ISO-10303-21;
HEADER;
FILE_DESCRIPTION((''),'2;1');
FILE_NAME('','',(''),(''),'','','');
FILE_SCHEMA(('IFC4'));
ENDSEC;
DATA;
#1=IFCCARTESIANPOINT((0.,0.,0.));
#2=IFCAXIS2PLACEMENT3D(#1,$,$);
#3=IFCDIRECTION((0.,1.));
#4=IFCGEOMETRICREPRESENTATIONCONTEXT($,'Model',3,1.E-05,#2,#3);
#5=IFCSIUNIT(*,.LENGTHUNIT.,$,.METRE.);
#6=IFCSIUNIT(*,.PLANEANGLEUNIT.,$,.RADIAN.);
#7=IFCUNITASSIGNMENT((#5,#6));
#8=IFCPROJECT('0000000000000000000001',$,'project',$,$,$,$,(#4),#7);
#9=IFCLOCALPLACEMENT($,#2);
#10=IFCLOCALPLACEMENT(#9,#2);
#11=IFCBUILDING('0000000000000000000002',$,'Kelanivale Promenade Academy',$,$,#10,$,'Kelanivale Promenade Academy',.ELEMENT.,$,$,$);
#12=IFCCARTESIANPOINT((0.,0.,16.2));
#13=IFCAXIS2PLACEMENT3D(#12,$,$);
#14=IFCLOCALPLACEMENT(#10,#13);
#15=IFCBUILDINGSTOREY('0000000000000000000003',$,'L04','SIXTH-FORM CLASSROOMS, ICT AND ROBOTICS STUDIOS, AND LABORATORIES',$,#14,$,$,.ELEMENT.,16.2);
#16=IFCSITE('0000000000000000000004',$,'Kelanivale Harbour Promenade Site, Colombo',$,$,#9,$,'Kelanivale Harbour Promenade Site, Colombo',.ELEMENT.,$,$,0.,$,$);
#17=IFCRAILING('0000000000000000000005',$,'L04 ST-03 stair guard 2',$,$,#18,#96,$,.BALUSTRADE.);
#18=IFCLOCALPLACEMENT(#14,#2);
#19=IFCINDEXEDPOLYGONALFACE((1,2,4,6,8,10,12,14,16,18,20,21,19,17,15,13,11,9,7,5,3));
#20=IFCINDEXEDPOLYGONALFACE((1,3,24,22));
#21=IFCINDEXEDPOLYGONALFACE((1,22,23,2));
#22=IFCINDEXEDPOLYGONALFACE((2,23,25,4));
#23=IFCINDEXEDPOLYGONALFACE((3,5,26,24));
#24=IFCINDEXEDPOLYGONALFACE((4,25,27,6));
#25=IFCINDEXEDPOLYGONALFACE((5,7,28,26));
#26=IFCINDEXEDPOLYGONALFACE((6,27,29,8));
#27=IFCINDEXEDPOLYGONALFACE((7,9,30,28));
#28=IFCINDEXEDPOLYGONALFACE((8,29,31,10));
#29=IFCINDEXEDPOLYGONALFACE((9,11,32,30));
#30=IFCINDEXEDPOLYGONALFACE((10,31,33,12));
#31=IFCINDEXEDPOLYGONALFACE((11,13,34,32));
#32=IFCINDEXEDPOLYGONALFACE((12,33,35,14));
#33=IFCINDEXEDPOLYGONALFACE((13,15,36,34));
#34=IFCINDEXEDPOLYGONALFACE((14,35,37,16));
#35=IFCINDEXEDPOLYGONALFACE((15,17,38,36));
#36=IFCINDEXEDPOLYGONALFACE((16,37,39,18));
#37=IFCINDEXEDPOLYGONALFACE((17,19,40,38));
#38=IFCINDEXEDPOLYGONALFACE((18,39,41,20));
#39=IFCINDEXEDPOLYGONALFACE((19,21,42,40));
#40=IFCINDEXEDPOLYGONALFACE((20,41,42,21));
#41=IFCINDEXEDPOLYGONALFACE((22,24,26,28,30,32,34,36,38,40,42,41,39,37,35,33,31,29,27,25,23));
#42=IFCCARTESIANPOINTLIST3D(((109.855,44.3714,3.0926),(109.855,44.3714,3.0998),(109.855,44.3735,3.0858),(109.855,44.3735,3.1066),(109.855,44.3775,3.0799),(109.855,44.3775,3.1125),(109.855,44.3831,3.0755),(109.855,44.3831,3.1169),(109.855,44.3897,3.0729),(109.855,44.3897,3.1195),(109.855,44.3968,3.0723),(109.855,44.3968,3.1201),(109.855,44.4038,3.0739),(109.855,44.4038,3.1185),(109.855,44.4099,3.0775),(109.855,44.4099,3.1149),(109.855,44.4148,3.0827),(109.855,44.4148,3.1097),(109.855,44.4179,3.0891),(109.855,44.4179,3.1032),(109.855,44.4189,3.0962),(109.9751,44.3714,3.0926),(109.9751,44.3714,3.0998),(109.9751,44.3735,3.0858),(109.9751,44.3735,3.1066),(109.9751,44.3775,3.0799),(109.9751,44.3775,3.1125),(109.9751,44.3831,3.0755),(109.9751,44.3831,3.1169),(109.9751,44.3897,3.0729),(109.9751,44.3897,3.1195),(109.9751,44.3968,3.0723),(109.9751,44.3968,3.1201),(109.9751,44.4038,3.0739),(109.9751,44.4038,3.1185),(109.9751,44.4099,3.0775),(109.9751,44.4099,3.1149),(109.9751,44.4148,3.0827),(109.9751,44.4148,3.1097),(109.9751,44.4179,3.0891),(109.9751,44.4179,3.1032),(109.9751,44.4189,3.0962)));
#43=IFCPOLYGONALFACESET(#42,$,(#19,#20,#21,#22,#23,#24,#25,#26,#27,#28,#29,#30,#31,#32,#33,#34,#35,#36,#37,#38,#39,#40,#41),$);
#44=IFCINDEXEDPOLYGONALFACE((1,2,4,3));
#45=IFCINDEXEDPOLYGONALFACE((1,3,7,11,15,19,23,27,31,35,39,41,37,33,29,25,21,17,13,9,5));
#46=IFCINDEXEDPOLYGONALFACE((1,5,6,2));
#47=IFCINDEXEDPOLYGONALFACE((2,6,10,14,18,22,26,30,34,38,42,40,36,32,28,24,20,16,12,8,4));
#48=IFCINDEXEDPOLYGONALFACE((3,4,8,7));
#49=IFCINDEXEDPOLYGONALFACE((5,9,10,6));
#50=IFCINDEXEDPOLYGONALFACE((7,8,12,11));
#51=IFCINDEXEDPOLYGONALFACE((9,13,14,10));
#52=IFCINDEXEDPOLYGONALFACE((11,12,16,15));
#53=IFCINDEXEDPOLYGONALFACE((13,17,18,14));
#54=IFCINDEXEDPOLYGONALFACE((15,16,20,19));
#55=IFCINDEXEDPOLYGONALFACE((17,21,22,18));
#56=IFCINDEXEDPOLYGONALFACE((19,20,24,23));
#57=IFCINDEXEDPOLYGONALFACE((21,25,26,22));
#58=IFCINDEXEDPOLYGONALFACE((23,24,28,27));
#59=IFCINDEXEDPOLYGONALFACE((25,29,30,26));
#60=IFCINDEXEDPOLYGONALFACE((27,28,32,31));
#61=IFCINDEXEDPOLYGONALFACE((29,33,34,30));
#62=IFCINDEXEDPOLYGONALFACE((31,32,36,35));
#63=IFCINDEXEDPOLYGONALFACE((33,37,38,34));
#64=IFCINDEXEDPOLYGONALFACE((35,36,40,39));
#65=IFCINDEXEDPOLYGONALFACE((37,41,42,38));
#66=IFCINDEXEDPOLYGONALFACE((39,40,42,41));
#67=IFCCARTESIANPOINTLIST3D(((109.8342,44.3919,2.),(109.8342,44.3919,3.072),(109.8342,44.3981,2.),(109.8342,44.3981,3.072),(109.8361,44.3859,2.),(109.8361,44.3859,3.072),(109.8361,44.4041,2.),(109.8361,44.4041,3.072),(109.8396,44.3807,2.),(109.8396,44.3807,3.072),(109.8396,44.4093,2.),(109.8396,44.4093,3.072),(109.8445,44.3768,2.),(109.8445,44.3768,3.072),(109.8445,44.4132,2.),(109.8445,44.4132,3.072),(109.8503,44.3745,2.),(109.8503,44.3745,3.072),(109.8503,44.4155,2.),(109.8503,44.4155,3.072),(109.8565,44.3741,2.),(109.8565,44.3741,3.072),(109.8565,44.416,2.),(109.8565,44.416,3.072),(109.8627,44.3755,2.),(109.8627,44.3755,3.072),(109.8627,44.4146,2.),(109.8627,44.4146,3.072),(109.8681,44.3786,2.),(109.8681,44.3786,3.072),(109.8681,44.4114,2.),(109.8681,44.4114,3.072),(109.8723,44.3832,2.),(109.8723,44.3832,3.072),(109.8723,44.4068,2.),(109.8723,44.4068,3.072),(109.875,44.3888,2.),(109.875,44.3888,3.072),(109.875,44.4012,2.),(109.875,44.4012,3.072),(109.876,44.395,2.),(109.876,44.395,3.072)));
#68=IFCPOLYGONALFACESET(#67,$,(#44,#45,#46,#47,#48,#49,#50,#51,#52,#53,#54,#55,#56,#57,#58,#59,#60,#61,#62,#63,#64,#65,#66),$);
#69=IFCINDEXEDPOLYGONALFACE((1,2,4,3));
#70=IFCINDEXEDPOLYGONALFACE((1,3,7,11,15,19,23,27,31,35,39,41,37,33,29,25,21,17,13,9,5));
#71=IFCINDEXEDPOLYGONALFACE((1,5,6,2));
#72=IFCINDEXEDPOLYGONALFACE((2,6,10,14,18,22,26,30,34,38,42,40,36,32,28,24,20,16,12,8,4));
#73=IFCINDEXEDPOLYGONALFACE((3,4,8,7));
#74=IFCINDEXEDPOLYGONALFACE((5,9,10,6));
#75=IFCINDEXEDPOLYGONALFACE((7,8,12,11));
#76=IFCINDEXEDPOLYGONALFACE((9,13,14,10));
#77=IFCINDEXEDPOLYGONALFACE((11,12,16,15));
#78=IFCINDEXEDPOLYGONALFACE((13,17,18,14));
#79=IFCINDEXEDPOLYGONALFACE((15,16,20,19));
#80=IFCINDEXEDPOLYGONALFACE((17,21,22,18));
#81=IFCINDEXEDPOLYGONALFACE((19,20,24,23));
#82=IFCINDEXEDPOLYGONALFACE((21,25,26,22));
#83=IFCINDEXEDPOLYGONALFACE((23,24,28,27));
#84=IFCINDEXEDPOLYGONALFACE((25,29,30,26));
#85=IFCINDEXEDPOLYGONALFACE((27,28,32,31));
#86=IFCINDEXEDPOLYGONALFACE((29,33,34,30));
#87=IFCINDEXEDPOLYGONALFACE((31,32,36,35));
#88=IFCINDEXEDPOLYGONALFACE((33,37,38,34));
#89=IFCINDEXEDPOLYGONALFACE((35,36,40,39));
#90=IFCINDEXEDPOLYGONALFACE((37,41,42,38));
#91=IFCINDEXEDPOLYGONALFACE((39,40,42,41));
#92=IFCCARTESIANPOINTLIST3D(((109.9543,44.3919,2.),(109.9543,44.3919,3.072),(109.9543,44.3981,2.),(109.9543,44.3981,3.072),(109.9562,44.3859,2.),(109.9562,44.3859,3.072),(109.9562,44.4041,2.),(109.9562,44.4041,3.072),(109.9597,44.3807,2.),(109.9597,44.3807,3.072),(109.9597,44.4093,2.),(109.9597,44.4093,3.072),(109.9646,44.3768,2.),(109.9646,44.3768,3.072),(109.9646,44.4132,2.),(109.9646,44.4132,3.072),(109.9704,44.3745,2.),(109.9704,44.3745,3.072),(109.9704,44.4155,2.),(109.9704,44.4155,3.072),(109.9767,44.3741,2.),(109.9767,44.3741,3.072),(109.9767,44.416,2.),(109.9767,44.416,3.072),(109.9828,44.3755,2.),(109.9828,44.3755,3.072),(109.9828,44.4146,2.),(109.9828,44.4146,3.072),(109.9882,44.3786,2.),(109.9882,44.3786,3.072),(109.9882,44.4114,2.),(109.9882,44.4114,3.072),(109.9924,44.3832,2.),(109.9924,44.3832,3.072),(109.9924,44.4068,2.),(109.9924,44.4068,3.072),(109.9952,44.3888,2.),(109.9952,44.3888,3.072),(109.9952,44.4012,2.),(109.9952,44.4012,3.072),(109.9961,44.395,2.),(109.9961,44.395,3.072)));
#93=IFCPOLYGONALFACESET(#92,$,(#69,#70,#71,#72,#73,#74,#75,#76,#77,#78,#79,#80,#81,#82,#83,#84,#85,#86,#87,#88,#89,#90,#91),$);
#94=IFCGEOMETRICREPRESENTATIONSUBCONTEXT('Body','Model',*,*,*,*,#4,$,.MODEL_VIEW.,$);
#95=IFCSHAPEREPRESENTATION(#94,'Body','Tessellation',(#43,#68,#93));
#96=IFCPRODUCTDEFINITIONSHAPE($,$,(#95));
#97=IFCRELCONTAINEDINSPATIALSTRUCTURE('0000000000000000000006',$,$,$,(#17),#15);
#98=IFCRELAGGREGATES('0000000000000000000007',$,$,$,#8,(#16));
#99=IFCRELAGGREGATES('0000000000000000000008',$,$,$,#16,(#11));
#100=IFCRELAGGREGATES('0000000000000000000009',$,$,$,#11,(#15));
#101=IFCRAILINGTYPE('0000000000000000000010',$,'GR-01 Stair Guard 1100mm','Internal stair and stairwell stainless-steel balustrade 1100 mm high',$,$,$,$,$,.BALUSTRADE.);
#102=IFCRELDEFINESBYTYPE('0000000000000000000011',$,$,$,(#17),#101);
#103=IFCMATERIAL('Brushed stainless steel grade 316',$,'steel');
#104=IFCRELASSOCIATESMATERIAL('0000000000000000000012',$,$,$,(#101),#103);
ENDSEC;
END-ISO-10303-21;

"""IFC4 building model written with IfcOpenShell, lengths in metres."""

from ifc_helpers import new_model, si_unit, direction, frame, origin, origin_2d, place, context, subcontext, project, spatial, circle, extrude, material, type_object, element, save


model = new_model("IFC4")

# Units and contexts
model_context = context("Model", 3, precision=1e-05, world=origin(), true_north=direction((0.0, 1.0)))
body_context = subcontext(model_context, "Body", "Model", "MODEL_VIEW")
ifc_project = project(units=[si_unit("LENGTHUNIT", "METRE"), si_unit("PLANEANGLEUNIT", "RADIAN")], contexts=[model_context])

# Site, building, storey
site_placement = place(None, origin())
site = spatial("IfcSite", under=ifc_project, at=site_placement, Name="Kelanivale Harbour Promenade Site, Colombo", LongName="Kelanivale Harbour Promenade Site, Colombo", CompositionType="ELEMENT", RefElevation=0.0)
building_placement = place(site_placement, origin())
building = spatial("IfcBuilding", under=site, at=building_placement, Name="Kelanivale Promenade Academy", LongName="Kelanivale Promenade Academy", CompositionType="ELEMENT")
storey_placement = place(building_placement, frame((0.0, 0.0, 16.2)))
storey = spatial("IfcBuildingStorey", under=building, at=storey_placement, Name="L04", Description="SIXTH-FORM CLASSROOMS, ICT AND ROBOTICS STUDIOS, AND LABORATORIES", CompositionType="ELEMENT", Elevation=16.2)

# Railing
ifc_material_1 = material(Name="Brushed stainless steel grade 316", Category="steel")
railing_type_1 = type_object("IfcRailingType", Name="GR-01 Stair Guard 1100mm", Description="Internal stair and stairwell stainless-steel balustrade 1100 mm high", PredefinedType="BALUSTRADE", material=ifc_material_1)
railing_1_placement = place(storey_placement, frame((109.855, 44.395, 2.0)))
element("IfcRailing", 1, at=railing_1_placement, inside=storey, type_object=railing_type_1, Name="L04 ST-03 stair guard 2", PredefinedType="BALUSTRADE", context=body_context, shape_type="SweptSolid", body=[
    extrude(circle(Radius=0.0239, at=origin_2d()), frame((0.0, 0.0, 1.0962), z_axis=(1.0, 0.0, 0.0), x_axis=(0.0, 1.0, 0.0)), (0.0, 0.0, 1.0), 0.1201),
    extrude(circle(Radius=0.021, at=origin_2d()), origin(), (0.0, 0.0, 1.0), 1.072),
    extrude(circle(Radius=0.021, at=origin_2d()), frame((0.1201, 0.0, 0.0)), (0.0, 0.0, 1.0), 1.072),
])

save(model, "model.ifc")
